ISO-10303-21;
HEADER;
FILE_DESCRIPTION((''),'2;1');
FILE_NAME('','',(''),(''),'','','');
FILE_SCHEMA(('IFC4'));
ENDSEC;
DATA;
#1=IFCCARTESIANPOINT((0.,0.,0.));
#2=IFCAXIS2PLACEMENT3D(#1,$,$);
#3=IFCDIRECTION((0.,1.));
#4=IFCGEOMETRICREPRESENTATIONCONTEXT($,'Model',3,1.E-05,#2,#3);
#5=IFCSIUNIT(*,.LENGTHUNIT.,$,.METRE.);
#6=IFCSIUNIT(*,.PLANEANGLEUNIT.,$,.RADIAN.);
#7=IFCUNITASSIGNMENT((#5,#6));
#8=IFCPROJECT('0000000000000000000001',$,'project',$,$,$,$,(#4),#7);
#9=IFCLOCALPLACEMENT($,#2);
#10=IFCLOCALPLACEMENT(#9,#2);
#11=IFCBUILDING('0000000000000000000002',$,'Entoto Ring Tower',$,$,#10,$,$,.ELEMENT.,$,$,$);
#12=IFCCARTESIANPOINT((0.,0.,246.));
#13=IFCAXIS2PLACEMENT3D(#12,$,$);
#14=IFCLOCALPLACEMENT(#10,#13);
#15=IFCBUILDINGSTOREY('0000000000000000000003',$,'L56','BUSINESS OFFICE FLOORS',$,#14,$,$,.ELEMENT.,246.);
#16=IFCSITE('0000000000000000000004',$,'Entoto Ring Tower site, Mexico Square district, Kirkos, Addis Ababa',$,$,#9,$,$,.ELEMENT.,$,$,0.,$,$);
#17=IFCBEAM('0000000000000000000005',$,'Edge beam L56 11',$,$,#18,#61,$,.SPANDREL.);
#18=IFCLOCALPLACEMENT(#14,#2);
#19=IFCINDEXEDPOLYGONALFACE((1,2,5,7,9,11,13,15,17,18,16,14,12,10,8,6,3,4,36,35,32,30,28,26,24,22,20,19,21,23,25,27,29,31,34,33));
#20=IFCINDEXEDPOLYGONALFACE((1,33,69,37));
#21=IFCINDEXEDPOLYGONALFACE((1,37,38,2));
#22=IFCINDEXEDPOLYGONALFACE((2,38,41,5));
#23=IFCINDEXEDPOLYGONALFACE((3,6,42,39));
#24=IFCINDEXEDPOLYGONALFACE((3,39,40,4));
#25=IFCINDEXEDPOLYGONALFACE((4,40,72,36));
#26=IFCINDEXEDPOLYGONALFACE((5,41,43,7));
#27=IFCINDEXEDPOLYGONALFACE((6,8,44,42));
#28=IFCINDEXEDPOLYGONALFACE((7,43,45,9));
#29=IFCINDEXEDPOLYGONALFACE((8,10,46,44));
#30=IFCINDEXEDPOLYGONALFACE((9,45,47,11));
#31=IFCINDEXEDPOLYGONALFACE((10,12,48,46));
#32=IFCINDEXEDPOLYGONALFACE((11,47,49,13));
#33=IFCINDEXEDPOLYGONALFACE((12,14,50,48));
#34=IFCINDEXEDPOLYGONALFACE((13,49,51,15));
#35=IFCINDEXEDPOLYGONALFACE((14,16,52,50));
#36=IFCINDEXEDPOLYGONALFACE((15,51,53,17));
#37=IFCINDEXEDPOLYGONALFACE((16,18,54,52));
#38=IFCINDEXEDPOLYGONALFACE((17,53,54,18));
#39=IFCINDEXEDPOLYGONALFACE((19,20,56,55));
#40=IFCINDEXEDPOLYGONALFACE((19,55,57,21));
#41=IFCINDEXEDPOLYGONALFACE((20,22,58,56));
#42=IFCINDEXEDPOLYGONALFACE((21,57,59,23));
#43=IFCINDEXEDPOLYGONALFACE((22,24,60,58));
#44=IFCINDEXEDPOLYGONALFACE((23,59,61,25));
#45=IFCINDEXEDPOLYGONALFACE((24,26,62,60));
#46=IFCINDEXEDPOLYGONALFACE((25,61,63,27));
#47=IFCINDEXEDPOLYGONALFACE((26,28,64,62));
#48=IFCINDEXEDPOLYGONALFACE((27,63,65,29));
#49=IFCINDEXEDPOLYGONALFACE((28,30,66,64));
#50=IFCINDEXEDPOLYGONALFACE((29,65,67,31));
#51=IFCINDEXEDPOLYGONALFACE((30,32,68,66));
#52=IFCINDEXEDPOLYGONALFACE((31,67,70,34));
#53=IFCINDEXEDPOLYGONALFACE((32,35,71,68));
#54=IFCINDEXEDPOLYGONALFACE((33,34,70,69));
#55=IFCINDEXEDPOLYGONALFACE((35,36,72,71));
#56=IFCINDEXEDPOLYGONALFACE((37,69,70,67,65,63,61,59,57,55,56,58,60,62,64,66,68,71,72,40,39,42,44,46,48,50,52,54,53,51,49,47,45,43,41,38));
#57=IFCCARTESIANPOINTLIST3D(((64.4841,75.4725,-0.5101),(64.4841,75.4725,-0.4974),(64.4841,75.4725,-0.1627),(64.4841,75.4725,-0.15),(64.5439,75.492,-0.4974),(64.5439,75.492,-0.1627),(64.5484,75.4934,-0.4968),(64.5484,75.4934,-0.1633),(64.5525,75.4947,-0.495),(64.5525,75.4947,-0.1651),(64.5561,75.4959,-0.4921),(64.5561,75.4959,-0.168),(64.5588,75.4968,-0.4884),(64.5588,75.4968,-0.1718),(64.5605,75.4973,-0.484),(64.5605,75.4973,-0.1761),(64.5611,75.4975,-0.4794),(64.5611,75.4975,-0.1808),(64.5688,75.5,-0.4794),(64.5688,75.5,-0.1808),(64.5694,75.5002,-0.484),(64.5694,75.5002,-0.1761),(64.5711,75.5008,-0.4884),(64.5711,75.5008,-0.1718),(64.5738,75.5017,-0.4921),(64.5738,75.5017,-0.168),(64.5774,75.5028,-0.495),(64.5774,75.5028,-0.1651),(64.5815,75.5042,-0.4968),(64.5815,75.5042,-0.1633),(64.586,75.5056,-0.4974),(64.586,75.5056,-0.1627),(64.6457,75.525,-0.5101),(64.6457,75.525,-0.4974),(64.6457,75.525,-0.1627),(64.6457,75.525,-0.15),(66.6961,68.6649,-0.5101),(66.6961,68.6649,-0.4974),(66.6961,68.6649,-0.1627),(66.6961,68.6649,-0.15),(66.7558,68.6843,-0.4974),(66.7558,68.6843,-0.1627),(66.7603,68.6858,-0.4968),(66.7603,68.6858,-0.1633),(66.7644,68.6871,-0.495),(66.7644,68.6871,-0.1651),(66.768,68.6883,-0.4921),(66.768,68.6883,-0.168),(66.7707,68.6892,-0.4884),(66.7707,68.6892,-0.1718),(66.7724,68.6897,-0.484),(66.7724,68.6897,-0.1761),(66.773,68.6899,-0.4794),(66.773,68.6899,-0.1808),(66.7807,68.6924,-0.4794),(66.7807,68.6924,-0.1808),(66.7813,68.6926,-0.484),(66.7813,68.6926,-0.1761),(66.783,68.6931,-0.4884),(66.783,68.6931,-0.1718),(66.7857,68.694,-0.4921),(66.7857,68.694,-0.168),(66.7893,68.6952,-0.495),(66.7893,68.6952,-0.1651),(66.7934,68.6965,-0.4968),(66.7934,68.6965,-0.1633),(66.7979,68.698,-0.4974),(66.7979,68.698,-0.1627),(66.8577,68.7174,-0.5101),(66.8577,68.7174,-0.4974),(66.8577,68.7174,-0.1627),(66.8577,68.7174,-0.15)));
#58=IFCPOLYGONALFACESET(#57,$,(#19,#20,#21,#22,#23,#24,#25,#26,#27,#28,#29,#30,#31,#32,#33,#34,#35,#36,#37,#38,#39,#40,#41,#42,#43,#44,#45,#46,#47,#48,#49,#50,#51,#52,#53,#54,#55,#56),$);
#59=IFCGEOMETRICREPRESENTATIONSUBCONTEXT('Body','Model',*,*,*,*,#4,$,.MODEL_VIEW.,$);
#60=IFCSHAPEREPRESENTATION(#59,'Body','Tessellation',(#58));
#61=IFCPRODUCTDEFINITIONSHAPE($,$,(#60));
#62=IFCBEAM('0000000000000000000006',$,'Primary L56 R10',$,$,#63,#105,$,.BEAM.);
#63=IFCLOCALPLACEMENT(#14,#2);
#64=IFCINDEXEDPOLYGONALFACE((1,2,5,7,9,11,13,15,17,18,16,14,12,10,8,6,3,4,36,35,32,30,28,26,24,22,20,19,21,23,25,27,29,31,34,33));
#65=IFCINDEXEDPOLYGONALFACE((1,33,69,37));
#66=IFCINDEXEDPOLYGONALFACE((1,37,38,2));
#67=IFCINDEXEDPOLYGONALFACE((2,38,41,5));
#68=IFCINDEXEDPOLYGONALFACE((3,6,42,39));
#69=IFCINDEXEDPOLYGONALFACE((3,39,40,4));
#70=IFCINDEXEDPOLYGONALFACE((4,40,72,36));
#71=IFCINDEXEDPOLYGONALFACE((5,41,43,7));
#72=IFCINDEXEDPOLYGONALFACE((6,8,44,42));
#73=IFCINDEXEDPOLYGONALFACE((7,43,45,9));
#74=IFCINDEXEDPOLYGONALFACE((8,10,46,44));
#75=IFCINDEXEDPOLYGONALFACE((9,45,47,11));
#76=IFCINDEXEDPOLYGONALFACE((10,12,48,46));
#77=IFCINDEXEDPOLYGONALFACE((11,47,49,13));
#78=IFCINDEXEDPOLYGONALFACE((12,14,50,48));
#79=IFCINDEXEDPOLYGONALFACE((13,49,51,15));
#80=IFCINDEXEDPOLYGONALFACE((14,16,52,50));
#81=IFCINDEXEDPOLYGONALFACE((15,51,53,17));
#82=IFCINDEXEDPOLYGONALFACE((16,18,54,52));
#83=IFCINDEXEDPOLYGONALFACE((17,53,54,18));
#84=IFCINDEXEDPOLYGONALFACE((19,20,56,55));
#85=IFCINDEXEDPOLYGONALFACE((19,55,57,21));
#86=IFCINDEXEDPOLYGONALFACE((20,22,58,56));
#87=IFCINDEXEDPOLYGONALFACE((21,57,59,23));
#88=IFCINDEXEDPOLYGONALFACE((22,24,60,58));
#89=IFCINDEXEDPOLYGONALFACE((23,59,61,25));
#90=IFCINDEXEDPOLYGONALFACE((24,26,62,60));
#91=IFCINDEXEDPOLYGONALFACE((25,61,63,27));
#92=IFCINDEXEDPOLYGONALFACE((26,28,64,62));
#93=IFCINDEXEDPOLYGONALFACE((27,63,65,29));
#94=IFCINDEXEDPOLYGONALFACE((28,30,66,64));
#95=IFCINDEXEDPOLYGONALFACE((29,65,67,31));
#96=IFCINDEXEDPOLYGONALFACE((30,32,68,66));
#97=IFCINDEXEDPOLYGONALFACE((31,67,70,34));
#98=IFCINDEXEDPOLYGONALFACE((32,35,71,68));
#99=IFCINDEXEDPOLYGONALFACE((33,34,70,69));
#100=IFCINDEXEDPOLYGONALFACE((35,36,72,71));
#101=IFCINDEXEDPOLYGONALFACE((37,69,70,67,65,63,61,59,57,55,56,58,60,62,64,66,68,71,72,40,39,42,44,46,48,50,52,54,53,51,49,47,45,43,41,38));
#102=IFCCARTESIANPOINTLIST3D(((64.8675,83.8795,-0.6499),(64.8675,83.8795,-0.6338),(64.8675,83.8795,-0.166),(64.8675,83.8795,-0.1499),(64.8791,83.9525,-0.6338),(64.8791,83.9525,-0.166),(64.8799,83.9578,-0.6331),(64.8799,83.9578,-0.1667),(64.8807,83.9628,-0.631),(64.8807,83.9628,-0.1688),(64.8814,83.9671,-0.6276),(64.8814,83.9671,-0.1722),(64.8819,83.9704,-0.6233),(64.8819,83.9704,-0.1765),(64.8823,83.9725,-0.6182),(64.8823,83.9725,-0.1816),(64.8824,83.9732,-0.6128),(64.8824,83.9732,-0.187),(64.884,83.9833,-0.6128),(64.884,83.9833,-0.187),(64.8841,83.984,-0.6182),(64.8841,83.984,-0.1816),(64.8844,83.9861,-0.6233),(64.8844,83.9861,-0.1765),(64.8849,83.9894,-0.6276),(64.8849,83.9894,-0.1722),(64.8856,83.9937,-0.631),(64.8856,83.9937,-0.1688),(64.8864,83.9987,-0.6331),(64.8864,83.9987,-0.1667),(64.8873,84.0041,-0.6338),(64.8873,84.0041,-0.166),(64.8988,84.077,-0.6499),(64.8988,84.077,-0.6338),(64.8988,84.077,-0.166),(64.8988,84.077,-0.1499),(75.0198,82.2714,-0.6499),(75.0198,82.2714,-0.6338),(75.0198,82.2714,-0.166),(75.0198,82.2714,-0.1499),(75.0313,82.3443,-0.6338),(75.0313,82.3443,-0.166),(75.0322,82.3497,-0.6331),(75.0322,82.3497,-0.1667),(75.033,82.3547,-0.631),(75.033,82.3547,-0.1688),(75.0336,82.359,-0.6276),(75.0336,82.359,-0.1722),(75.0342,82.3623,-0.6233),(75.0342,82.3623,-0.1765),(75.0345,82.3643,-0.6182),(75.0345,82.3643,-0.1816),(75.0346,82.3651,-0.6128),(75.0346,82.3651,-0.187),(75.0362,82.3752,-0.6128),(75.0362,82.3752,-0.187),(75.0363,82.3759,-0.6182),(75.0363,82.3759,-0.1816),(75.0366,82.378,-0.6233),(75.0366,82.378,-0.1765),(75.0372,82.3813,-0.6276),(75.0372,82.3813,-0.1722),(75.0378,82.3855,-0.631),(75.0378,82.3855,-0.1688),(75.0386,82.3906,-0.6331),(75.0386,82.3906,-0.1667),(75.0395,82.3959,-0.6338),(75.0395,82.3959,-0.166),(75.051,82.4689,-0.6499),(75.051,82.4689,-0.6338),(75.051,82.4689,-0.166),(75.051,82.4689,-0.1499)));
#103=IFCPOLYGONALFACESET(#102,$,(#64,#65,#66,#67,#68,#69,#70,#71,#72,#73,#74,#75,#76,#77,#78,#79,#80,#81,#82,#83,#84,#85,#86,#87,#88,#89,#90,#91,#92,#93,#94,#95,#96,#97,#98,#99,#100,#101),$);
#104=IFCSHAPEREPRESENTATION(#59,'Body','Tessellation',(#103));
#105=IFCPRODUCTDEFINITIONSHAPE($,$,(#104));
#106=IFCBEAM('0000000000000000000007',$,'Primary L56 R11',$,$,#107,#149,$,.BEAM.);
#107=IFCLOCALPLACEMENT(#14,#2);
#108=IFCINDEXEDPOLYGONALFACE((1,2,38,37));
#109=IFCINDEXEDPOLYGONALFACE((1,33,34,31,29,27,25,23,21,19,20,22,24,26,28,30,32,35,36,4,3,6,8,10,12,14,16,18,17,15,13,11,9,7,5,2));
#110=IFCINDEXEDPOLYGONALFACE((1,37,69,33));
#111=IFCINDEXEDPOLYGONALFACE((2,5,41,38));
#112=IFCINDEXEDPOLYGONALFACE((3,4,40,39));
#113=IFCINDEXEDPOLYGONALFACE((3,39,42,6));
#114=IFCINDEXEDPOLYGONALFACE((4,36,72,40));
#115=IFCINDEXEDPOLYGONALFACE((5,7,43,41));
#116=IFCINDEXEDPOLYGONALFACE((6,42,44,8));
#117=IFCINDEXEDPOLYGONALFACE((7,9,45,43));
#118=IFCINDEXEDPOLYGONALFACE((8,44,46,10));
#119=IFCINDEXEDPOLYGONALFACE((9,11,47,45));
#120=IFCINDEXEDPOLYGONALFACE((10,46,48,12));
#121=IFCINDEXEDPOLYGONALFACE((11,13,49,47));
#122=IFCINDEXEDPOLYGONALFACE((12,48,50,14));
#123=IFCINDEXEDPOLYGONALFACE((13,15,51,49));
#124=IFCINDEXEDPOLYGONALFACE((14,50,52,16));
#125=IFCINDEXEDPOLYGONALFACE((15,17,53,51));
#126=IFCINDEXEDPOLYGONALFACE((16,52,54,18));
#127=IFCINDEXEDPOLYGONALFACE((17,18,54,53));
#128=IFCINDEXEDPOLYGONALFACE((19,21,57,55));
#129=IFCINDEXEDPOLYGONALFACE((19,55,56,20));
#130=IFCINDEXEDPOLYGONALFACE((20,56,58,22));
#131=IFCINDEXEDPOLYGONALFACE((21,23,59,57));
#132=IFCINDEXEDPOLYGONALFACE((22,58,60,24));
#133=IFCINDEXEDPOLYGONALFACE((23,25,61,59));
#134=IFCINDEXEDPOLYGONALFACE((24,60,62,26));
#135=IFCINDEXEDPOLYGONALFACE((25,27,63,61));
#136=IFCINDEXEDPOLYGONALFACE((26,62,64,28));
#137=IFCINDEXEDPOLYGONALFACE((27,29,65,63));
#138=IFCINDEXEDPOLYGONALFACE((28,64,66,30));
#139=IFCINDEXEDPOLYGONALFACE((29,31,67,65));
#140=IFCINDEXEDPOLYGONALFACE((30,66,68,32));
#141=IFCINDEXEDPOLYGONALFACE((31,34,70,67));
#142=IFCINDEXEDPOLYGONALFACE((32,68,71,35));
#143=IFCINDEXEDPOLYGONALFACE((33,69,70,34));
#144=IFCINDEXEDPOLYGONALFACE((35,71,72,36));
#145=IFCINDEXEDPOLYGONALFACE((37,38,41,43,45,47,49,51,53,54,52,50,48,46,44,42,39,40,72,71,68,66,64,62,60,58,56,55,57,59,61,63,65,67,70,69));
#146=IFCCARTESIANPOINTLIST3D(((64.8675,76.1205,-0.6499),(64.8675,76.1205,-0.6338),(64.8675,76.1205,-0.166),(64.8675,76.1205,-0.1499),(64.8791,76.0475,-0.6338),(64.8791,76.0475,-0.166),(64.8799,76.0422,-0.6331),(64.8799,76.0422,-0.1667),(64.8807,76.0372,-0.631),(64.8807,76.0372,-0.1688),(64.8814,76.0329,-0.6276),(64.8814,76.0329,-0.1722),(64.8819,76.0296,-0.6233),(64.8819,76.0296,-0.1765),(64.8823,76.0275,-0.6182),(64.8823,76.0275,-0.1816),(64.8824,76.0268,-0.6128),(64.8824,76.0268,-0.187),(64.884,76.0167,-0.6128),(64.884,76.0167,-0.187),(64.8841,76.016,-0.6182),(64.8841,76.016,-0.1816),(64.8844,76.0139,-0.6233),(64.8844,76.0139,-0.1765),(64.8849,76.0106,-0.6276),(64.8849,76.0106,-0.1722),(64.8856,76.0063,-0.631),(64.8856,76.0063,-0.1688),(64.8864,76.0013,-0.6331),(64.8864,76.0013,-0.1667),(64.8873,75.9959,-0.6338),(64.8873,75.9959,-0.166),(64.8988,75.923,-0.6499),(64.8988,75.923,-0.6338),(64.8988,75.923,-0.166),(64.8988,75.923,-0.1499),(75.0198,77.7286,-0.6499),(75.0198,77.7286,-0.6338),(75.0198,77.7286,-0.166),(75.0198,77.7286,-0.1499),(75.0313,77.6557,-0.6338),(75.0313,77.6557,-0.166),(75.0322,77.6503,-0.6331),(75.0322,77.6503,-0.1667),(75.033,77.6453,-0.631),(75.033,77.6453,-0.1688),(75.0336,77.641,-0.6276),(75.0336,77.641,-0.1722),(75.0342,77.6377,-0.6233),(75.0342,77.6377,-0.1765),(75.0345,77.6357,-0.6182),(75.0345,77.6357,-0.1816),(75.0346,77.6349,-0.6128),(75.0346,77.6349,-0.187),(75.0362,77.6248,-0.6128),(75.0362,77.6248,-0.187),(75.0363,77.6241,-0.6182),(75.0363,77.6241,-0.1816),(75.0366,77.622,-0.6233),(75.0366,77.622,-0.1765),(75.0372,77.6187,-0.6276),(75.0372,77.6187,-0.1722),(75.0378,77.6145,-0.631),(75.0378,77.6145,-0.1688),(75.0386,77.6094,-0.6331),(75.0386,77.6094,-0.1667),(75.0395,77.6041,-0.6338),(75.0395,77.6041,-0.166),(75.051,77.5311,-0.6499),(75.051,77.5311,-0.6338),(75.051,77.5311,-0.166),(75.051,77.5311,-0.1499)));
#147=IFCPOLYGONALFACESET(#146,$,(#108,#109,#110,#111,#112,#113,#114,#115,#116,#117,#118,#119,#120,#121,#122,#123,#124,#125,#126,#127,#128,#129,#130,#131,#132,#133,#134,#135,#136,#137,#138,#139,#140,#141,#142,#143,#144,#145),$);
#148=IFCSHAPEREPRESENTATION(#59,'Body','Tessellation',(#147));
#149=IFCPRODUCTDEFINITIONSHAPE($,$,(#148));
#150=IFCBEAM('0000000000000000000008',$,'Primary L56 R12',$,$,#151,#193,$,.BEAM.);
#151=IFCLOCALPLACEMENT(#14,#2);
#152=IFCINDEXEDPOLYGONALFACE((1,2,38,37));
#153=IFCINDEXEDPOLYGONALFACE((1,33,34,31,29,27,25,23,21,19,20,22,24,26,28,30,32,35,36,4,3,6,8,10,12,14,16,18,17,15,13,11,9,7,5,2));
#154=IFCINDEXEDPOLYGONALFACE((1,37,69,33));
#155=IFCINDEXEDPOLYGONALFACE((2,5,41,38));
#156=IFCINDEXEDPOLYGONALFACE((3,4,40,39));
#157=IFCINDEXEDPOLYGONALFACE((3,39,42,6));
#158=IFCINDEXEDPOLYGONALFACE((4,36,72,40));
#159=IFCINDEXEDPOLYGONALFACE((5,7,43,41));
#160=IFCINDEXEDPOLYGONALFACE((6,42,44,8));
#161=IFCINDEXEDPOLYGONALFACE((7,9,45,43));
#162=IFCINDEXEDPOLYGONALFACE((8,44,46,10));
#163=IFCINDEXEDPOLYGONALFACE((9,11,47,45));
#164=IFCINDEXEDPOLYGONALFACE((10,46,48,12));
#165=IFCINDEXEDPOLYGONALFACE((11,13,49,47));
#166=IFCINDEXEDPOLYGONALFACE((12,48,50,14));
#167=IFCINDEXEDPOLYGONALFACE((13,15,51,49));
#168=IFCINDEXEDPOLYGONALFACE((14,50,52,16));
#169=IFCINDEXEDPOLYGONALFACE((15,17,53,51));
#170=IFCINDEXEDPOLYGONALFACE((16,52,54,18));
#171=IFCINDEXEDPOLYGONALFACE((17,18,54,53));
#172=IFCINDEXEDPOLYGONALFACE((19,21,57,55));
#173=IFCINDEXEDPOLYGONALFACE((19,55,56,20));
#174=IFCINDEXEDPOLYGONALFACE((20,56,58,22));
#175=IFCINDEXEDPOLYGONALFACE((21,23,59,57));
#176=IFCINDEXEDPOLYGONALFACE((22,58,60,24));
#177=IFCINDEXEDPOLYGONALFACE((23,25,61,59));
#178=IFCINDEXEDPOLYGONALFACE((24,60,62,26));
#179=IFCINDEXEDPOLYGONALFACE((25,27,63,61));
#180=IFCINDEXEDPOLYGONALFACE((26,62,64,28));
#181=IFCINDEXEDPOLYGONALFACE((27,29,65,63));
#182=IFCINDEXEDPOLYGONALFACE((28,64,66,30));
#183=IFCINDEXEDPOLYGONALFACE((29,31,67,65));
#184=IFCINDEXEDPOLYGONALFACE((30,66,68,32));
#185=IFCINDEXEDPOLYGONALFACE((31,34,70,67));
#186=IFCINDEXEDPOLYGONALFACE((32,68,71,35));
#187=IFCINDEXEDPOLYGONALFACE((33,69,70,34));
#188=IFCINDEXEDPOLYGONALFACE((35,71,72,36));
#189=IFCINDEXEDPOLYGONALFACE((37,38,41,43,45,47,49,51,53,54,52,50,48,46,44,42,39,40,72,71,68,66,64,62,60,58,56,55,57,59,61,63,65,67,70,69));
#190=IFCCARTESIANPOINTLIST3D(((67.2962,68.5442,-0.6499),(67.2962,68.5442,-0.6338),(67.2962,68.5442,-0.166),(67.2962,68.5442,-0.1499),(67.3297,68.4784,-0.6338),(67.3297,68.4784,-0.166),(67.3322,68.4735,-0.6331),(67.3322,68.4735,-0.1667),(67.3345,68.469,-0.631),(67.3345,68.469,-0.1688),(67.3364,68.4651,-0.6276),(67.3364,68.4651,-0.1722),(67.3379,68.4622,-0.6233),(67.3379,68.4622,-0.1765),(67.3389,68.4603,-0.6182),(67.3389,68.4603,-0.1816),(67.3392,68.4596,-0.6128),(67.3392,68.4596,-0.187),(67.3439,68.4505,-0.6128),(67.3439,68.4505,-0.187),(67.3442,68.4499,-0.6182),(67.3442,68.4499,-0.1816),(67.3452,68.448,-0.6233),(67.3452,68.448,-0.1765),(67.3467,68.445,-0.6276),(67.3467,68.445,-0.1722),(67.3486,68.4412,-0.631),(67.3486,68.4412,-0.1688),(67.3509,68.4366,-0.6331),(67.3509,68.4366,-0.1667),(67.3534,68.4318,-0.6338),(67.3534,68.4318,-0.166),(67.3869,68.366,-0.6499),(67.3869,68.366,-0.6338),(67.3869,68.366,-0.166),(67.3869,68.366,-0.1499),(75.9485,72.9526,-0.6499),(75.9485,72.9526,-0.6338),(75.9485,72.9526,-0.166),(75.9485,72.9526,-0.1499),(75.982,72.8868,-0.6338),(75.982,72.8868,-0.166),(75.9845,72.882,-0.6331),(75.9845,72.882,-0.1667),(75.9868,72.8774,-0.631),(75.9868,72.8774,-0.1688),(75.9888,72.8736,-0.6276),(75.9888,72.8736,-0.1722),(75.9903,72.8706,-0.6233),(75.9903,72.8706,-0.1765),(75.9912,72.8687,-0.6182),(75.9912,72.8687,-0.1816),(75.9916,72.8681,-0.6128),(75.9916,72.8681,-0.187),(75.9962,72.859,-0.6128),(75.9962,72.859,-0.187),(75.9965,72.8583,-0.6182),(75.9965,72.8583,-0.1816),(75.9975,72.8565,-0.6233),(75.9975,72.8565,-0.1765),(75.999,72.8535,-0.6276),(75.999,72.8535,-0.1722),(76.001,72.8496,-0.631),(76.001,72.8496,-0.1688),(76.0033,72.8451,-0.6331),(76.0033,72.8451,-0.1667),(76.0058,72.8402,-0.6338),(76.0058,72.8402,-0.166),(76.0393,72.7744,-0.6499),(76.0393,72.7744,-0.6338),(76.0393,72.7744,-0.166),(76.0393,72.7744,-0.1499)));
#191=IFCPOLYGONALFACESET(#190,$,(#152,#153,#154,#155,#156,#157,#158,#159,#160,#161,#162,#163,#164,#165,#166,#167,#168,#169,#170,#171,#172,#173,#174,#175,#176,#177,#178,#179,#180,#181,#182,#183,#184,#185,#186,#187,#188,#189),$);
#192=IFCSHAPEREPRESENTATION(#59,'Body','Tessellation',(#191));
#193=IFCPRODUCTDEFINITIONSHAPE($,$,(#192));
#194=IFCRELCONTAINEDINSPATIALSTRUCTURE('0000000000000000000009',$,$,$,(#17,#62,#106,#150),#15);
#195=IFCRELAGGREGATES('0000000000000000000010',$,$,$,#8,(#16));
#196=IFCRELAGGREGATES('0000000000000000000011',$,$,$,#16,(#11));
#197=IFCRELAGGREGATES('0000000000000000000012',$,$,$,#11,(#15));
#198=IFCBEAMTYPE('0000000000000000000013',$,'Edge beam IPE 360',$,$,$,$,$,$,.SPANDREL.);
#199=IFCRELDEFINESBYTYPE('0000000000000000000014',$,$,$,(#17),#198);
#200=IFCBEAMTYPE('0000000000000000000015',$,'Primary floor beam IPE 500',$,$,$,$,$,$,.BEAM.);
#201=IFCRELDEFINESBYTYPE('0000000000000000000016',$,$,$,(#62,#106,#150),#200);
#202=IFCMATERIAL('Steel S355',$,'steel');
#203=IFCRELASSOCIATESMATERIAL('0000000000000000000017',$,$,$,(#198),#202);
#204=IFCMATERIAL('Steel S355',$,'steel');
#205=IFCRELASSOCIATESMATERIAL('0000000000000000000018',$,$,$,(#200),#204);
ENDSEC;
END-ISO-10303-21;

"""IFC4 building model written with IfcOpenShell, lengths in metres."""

from ifc_helpers import new_model, si_unit, direction, frame, origin, origin_2d, place, context, subcontext, project, spatial, i_section, extrude, material, material_profile, profile_set, type_object, element, save


model = new_model("IFC4")

# Units and contexts
model_context = context("Model", 3, precision=1e-05, world=origin(), true_north=direction((0.0, 1.0)))
body_context = subcontext(model_context, "Body", "Model", "MODEL_VIEW")
ifc_project = project(units=[si_unit("LENGTHUNIT", "METRE"), si_unit("PLANEANGLEUNIT", "RADIAN")], contexts=[model_context])

# Site, building, storey
site_placement = place(None, origin())
site = spatial("IfcSite", under=ifc_project, at=site_placement, Name="Entoto Ring Tower site, Mexico Square district, Kirkos, Addis Ababa", CompositionType="ELEMENT", RefElevation=0.0)
building_placement = place(site_placement, origin())
building = spatial("IfcBuilding", under=site, at=building_placement, Name="Entoto Ring Tower", CompositionType="ELEMENT")
storey_placement = place(building_placement, frame((0.0, 0.0, 246.0)))
storey = spatial("IfcBuildingStorey", under=building, at=storey_placement, Name="L56", Description="BUSINESS OFFICE FLOORS", CompositionType="ELEMENT", Elevation=246.0)

# Beams
ifc_material_1 = material(Name="Steel S355", Category="steel")
ifc_material_profile_1 = material_profile(ifc_material_1, i_section(OverallWidth=0.1699, OverallDepth=0.3601, WebThickness=0.0081, FlangeThickness=0.0127, FilletRadius=0.0181, at=origin_2d()), Name="IPE 360")
ifc_profile_set_1 = profile_set([ifc_material_profile_1], Name="Steel S355")
beam_type_1 = type_object("IfcBeamType", Name="Edge beam IPE 360", PredefinedType="SPANDREL", material=ifc_profile_set_1)
beam_1_placement = place(storey_placement, frame((64.5649, 75.4988, -0.3301), z_axis=(0.309015, -0.951057, 0.0), x_axis=(0.951057, 0.309015, 0.0)))
element("IfcBeam", 1, at=beam_1_placement, inside=storey, type_object=beam_type_1, Name="Edge beam L56 11", PredefinedType="SPANDREL", context=body_context, shape_type="SweptSolid", body=[
    extrude(i_section(OverallWidth=0.1699, OverallDepth=0.3601, WebThickness=0.0081, FlangeThickness=0.0127, FilletRadius=0.0181, at=origin_2d()), origin(), (0.0, 0.0, 1.0), 7.158),
])
ifc_material_2 = material(Name="Steel S355", Category="steel")
ifc_material_profile_2 = material_profile(ifc_material_2, i_section(OverallWidth=0.2, OverallDepth=0.5, WebThickness=0.0103, FlangeThickness=0.0161, FilletRadius=0.021, at=origin_2d()), Name="IPE 500")
ifc_profile_set_2 = profile_set([ifc_material_profile_2], Name="Steel S355")
beam_type_2 = type_object("IfcBeamType", Name="Primary floor beam IPE 500", PredefinedType="BEAM", material=ifc_profile_set_2)
for number, where, z_axis, x_axis, name in (
    (2, (75.0354, 82.3701, -0.3999), (-0.987686, 0.156452, 0.0), (-0.156452, -0.987686, 0.0), "Primary L56 R10"),
    (3, (75.0354, 77.6299, -0.3999), (-0.987686, -0.156452, 0.0), (0.156452, -0.987686, 0.0), "Primary L56 R11"),
):
    element("IfcBeam", number, at=place(storey_placement, frame(where, z_axis=z_axis, x_axis=x_axis)), inside=storey, type_object=beam_type_2, Name=name, PredefinedType="BEAM", context=body_context, shape_type="SweptSolid", body=[
        extrude(i_section(OverallWidth=0.2, OverallDepth=0.5, WebThickness=0.0103, FlangeThickness=0.0161, FilletRadius=0.021, at=origin_2d()), origin(), (0.0, 0.0, 1.0), 10.2788),
    ])
beam_2_placement = place(storey_placement, frame((75.9939, 72.8635, -0.3999), z_axis=(-0.891012, -0.453979, 0.0), x_axis=(0.453979, -0.891012, 0.0)))
element("IfcBeam", 4, at=beam_2_placement, inside=storey, type_object=beam_type_2, Name="Primary L56 R12", PredefinedType="BEAM", context=body_context, shape_type="SweptSolid", body=[
    extrude(i_section(OverallWidth=0.2, OverallDepth=0.5, WebThickness=0.0103, FlangeThickness=0.0161, FilletRadius=0.021, at=origin_2d()), origin(), (0.0, 0.0, 1.0), 9.7107),
])

save(model, "model.ifc")
